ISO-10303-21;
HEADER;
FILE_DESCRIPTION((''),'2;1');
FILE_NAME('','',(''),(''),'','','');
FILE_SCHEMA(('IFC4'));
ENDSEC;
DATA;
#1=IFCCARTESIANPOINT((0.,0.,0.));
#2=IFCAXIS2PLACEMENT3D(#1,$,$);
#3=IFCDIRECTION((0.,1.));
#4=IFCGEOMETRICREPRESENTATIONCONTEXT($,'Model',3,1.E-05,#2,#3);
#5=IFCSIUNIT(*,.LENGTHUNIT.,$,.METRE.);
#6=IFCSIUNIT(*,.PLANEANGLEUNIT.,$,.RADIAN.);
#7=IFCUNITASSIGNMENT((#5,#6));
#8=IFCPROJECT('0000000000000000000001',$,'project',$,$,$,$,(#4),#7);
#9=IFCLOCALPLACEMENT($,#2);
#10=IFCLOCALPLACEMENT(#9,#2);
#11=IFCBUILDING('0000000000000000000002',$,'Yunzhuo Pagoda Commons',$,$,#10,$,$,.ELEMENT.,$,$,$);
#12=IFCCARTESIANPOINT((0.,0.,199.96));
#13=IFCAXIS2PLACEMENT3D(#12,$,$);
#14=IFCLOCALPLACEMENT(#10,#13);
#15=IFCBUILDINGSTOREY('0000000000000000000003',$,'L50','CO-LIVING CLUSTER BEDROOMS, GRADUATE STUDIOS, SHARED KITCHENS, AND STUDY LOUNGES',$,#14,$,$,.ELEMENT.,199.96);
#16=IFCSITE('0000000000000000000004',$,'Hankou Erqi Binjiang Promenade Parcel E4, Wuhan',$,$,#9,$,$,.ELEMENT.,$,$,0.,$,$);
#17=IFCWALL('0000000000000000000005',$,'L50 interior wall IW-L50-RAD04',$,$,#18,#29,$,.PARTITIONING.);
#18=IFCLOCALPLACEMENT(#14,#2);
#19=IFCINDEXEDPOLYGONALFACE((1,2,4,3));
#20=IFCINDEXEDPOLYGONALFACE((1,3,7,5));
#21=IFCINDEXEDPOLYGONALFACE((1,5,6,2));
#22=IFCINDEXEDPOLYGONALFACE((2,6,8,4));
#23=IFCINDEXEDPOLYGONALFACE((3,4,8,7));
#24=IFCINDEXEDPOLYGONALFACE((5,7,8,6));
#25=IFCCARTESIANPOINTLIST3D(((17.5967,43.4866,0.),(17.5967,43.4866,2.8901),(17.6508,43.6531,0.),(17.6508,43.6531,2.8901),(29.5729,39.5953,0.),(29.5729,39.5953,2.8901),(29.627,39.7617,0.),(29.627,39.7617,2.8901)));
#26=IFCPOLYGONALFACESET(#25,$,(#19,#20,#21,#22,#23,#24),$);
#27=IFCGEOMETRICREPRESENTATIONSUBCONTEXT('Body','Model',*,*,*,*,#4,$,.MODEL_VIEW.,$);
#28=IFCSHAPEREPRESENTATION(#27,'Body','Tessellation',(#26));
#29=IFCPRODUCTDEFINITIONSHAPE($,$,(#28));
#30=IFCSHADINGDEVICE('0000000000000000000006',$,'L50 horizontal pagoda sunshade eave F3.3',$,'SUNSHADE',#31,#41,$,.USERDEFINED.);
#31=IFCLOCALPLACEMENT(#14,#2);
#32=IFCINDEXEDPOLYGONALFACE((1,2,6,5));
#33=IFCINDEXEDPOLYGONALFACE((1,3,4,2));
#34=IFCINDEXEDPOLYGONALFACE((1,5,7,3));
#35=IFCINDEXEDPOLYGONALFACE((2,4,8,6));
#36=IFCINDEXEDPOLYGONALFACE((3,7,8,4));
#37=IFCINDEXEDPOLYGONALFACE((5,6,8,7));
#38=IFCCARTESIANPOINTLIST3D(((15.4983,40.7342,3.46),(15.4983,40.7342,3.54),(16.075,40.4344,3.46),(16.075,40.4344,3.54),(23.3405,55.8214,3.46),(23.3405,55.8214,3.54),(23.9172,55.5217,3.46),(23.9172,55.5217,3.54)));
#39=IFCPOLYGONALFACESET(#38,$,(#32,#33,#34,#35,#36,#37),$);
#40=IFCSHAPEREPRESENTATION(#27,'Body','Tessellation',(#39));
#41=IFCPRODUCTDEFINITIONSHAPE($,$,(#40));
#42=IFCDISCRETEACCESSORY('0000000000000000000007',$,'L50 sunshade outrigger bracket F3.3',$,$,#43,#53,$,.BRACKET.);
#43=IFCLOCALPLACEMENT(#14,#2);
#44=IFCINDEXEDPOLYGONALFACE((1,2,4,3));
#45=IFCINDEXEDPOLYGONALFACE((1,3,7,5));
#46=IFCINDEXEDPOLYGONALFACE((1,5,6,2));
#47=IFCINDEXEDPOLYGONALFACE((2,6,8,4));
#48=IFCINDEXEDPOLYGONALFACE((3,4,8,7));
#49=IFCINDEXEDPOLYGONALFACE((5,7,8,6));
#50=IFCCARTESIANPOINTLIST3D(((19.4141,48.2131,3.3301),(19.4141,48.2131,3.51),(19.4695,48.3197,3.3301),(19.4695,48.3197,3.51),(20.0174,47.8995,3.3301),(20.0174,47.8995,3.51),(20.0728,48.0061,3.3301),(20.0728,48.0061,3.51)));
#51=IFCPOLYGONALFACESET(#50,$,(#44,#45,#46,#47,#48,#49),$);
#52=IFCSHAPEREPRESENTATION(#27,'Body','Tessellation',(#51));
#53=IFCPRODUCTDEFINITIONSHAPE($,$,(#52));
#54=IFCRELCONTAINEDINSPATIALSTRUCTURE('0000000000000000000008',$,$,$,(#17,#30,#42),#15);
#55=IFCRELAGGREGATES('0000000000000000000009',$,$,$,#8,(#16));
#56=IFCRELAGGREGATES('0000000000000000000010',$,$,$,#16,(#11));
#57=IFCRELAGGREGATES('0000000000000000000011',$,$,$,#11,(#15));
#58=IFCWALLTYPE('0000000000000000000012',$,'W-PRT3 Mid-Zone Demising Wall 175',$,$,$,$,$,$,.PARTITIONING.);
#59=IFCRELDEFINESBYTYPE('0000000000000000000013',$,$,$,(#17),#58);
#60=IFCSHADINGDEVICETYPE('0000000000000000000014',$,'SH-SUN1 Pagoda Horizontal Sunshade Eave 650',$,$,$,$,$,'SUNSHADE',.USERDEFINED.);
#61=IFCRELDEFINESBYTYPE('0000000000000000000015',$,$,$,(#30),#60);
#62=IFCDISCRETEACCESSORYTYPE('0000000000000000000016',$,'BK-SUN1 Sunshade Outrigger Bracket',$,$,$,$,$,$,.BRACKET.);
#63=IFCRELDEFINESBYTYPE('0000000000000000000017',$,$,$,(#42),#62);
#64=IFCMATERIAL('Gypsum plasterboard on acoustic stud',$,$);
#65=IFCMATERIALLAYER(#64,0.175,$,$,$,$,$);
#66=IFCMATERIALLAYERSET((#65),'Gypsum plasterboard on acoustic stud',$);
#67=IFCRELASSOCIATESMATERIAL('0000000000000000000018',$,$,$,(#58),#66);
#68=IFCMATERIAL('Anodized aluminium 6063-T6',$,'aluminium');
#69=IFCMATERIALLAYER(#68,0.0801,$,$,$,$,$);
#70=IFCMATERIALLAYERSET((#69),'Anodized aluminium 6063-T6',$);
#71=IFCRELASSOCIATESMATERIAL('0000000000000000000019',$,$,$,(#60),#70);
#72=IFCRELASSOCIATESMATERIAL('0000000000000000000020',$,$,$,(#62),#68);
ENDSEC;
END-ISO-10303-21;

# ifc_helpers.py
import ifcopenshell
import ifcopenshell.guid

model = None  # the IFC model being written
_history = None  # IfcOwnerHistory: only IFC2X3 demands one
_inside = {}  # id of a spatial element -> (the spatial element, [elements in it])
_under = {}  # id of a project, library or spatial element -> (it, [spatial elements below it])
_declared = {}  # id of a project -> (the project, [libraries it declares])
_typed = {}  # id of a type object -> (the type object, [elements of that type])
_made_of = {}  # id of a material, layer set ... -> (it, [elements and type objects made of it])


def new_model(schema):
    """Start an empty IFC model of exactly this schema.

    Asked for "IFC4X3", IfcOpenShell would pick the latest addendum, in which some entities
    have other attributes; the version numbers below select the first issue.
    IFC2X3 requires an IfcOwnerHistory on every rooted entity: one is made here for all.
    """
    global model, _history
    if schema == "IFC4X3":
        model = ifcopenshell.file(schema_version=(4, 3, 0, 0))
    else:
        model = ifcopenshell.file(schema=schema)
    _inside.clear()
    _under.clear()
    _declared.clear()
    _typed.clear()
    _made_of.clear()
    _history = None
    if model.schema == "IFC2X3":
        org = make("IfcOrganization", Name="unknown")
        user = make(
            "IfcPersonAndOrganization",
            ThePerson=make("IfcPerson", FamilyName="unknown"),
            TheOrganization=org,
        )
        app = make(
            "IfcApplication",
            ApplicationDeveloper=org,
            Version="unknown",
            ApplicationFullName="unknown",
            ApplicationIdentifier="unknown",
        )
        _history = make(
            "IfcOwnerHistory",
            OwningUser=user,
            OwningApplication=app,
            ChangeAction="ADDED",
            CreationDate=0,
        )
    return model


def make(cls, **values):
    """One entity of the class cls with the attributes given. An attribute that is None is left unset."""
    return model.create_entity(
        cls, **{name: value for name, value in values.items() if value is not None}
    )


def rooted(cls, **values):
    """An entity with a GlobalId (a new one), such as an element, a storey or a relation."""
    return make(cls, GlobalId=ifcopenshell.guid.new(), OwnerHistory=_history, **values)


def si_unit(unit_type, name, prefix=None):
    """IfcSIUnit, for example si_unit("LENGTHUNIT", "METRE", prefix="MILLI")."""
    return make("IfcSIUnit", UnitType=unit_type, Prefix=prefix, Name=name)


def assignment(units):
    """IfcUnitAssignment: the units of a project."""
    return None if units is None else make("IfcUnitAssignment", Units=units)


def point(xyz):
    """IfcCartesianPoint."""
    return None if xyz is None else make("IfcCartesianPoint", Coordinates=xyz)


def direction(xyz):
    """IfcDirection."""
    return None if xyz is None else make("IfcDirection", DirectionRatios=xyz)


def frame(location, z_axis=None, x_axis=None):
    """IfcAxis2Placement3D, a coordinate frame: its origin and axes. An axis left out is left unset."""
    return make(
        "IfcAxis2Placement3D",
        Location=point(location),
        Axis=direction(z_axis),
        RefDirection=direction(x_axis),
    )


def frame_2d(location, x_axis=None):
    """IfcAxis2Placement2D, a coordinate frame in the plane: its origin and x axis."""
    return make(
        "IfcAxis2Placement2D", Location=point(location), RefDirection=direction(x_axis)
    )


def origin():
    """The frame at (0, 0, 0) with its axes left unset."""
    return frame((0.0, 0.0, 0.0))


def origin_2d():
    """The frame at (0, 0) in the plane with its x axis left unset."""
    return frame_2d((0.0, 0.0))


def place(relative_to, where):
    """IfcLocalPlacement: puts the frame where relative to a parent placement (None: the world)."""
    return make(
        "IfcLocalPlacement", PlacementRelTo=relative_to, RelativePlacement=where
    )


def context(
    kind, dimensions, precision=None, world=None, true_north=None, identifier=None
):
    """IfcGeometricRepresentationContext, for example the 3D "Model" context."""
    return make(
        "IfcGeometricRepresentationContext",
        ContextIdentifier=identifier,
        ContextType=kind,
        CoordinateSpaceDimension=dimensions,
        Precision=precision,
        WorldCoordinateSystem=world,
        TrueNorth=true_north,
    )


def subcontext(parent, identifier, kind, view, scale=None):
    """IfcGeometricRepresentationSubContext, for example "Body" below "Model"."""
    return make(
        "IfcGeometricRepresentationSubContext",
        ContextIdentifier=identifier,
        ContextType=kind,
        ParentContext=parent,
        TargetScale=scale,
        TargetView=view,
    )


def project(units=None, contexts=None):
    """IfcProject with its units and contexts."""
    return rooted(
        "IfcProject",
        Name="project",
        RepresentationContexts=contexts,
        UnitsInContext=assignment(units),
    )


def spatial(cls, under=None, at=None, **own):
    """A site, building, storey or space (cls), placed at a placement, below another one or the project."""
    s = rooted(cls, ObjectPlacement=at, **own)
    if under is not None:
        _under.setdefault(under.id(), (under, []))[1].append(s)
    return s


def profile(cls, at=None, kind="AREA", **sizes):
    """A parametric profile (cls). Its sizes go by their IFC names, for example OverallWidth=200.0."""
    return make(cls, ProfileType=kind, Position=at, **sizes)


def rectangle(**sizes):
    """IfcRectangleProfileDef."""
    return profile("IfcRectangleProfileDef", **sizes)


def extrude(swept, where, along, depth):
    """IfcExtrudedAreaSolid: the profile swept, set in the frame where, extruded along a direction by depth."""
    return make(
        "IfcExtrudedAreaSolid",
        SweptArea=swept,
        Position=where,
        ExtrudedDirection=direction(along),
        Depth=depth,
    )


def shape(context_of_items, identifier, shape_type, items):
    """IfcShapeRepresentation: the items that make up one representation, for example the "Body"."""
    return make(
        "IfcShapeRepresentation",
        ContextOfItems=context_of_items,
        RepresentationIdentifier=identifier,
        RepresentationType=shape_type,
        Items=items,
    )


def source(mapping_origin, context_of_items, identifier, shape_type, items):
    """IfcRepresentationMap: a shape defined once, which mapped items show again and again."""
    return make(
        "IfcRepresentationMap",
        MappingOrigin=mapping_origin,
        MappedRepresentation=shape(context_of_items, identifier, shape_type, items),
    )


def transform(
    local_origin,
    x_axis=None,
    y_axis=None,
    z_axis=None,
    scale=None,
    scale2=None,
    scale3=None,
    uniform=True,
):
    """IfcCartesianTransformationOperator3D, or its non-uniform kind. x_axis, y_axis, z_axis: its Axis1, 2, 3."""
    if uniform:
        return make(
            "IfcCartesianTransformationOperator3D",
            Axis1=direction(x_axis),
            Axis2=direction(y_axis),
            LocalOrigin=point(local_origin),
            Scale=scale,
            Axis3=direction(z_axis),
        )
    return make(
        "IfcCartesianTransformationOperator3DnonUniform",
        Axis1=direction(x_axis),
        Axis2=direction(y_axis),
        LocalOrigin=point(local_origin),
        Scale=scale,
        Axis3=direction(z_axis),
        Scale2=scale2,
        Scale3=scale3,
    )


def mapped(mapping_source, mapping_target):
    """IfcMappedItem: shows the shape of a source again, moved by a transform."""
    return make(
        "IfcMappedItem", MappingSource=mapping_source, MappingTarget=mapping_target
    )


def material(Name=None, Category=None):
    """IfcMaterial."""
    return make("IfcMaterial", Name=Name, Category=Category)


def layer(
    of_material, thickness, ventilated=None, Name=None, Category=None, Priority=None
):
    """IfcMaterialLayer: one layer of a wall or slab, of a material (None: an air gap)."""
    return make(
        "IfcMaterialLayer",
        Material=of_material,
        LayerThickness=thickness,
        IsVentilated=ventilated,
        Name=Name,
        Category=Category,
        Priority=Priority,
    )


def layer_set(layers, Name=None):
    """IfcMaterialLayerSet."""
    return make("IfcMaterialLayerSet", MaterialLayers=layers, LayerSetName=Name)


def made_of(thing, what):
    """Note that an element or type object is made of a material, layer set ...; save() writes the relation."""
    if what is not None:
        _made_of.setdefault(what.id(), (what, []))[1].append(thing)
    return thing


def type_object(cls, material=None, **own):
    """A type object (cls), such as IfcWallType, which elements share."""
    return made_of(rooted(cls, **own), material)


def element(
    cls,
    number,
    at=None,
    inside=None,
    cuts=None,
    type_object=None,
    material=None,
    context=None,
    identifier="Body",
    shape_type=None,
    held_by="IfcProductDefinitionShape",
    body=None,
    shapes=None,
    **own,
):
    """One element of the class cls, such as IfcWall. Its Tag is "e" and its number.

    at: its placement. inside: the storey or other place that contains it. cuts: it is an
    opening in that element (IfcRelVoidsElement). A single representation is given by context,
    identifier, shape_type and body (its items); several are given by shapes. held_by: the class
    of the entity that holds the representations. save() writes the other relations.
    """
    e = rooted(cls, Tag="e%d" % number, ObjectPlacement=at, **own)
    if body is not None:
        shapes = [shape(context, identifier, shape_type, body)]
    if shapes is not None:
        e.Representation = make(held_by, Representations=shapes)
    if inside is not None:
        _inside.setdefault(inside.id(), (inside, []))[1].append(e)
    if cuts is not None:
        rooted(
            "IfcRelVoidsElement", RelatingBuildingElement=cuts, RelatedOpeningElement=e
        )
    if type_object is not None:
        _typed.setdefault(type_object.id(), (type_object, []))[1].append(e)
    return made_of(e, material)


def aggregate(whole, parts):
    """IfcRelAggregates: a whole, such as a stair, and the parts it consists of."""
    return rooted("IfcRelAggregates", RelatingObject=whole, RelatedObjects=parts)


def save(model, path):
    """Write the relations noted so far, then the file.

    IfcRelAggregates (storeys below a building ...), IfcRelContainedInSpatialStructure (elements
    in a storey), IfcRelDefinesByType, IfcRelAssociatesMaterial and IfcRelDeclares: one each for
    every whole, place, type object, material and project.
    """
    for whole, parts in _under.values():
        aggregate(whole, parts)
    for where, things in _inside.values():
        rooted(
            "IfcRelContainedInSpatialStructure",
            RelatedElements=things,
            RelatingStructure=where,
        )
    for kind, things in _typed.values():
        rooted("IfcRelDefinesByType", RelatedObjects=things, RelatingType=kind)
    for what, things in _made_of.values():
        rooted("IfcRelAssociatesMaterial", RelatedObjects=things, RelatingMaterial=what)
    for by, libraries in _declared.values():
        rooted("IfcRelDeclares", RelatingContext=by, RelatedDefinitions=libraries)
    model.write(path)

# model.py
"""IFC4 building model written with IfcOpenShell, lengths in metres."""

from ifc_helpers import new_model, si_unit, direction, frame, frame_2d, origin, origin_2d, place, context, subcontext, project, spatial, rectangle, extrude, source, transform, mapped, material, layer, layer_set, type_object, element, save


model = new_model("IFC4")

# Units and contexts
model_context = context("Model", 3, precision=1e-05, world=origin(), true_north=direction((0.0, 1.0)))
body_context = subcontext(model_context, "Body", "Model", "MODEL_VIEW")
ifc_project = project(units=[si_unit("LENGTHUNIT", "METRE"), si_unit("PLANEANGLEUNIT", "RADIAN")], contexts=[model_context])

# Site, building, storey
site_placement = place(None, origin())
site = spatial("IfcSite", under=ifc_project, at=site_placement, Name="Hankou Erqi Binjiang Promenade Parcel E4, Wuhan", CompositionType="ELEMENT", RefElevation=0.0)
building_placement = place(site_placement, origin())
building = spatial("IfcBuilding", under=site, at=building_placement, Name="Yunzhuo Pagoda Commons", CompositionType="ELEMENT")
storey_placement = place(building_placement, frame((0.0, 0.0, 199.96)))
storey = spatial("IfcBuildingStorey", under=building, at=storey_placement, Name="L50", Description="CO-LIVING CLUSTER BEDROOMS, GRADUATE STUDIOS, SHARED KITCHENS, AND STUDY LOUNGES", CompositionType="ELEMENT", Elevation=199.96)

# Shared definitions
ifc_material_1 = material(Name="Anodized aluminium 6063-T6", Category="aluminium")

# Wall
ifc_material_2 = material(Name="Gypsum plasterboard on acoustic stud")
ifc_layer_1 = layer(ifc_material_2, 0.175)
ifc_layer_set_1 = layer_set([ifc_layer_1], Name="Gypsum plasterboard on acoustic stud")
wall_type = type_object("IfcWallType", Name="W-PRT3 Mid-Zone Demising Wall 175", PredefinedType="PARTITIONING", material=ifc_layer_set_1)
wall_placement = place(storey_placement, frame((29.6001, 39.6785, 0.0), z_axis=(0.0, 0.0, 1.0), x_axis=(-0.951056, 0.309018, 0.0)))
element("IfcWall", 1, at=wall_placement, inside=storey, type_object=wall_type, Name="L50 interior wall IW-L50-RAD04", PredefinedType="PARTITIONING", context=body_context, shape_type="SweptSolid", body=[
    extrude(rectangle(XDim=12.5925, YDim=0.175, at=frame_2d((6.2964, 0.0))), origin(), (0.0, 0.0, 1.0), 2.8901),
])

# Shading device
ifc_layer_2 = layer(ifc_material_1, 0.0801)
ifc_layer_set_2 = layer_set([ifc_layer_2], Name="Anodized aluminium 6063-T6")
shading_device_type = type_object("IfcShadingDeviceType", Name="SH-SUN1 Pagoda Horizontal Sunshade Eave 650", ElementType="SUNSHADE", PredefinedType="USERDEFINED", material=ifc_layer_set_2)
shared_shape_1 = source(origin(), body_context, "Body", "SweptSolid", [
    extrude(rectangle(XDim=17.0037, YDim=0.6499, at=origin_2d()), origin(), (0.0, 0.0, 1.0), 0.0801),
])
shading_device_placement = place(storey_placement, frame((19.7078, 48.1279, 3.46), z_axis=(0.0, 0.0, 1.0), x_axis=(-0.461207, -0.887293, 0.0)))
element("IfcShadingDevice", 2, at=shading_device_placement, inside=storey, type_object=shading_device_type, Name="L50 horizontal pagoda sunshade eave F3.3", ObjectType="SUNSHADE", PredefinedType="USERDEFINED", context=body_context, shape_type="MappedRepresentation", body=[
    mapped(shared_shape_1, transform((0.0, 0.0, 0.0), scale=1.0)),
])

# Discrete accessory
discrete_accessory_type = type_object("IfcDiscreteAccessoryType", Name="BK-SUN1 Sunshade Outrigger Bracket", PredefinedType="BRACKET", material=ifc_material_1)
shared_shape_2 = source(origin(), body_context, "Body", "SweptSolid", [
    extrude(rectangle(XDim=0.1201, YDim=0.6799, at=origin_2d()), origin(), (0.0, 0.0, 1.0), 0.1799),
])
discrete_accessory_placement = place(storey_placement, frame((19.7434, 48.1096, 3.3301), z_axis=(0.0, 0.0, 1.0), x_axis=(-0.461207, -0.887293, 0.0)))
element("IfcDiscreteAccessory", 3, at=discrete_accessory_placement, inside=storey, type_object=discrete_accessory_type, Name="L50 sunshade outrigger bracket F3.3", PredefinedType="BRACKET", context=body_context, shape_type="MappedRepresentation", body=[
    mapped(shared_shape_2, transform((0.0, 0.0, 0.0), scale=1.0)),
])

save(model, "model.ifc")
